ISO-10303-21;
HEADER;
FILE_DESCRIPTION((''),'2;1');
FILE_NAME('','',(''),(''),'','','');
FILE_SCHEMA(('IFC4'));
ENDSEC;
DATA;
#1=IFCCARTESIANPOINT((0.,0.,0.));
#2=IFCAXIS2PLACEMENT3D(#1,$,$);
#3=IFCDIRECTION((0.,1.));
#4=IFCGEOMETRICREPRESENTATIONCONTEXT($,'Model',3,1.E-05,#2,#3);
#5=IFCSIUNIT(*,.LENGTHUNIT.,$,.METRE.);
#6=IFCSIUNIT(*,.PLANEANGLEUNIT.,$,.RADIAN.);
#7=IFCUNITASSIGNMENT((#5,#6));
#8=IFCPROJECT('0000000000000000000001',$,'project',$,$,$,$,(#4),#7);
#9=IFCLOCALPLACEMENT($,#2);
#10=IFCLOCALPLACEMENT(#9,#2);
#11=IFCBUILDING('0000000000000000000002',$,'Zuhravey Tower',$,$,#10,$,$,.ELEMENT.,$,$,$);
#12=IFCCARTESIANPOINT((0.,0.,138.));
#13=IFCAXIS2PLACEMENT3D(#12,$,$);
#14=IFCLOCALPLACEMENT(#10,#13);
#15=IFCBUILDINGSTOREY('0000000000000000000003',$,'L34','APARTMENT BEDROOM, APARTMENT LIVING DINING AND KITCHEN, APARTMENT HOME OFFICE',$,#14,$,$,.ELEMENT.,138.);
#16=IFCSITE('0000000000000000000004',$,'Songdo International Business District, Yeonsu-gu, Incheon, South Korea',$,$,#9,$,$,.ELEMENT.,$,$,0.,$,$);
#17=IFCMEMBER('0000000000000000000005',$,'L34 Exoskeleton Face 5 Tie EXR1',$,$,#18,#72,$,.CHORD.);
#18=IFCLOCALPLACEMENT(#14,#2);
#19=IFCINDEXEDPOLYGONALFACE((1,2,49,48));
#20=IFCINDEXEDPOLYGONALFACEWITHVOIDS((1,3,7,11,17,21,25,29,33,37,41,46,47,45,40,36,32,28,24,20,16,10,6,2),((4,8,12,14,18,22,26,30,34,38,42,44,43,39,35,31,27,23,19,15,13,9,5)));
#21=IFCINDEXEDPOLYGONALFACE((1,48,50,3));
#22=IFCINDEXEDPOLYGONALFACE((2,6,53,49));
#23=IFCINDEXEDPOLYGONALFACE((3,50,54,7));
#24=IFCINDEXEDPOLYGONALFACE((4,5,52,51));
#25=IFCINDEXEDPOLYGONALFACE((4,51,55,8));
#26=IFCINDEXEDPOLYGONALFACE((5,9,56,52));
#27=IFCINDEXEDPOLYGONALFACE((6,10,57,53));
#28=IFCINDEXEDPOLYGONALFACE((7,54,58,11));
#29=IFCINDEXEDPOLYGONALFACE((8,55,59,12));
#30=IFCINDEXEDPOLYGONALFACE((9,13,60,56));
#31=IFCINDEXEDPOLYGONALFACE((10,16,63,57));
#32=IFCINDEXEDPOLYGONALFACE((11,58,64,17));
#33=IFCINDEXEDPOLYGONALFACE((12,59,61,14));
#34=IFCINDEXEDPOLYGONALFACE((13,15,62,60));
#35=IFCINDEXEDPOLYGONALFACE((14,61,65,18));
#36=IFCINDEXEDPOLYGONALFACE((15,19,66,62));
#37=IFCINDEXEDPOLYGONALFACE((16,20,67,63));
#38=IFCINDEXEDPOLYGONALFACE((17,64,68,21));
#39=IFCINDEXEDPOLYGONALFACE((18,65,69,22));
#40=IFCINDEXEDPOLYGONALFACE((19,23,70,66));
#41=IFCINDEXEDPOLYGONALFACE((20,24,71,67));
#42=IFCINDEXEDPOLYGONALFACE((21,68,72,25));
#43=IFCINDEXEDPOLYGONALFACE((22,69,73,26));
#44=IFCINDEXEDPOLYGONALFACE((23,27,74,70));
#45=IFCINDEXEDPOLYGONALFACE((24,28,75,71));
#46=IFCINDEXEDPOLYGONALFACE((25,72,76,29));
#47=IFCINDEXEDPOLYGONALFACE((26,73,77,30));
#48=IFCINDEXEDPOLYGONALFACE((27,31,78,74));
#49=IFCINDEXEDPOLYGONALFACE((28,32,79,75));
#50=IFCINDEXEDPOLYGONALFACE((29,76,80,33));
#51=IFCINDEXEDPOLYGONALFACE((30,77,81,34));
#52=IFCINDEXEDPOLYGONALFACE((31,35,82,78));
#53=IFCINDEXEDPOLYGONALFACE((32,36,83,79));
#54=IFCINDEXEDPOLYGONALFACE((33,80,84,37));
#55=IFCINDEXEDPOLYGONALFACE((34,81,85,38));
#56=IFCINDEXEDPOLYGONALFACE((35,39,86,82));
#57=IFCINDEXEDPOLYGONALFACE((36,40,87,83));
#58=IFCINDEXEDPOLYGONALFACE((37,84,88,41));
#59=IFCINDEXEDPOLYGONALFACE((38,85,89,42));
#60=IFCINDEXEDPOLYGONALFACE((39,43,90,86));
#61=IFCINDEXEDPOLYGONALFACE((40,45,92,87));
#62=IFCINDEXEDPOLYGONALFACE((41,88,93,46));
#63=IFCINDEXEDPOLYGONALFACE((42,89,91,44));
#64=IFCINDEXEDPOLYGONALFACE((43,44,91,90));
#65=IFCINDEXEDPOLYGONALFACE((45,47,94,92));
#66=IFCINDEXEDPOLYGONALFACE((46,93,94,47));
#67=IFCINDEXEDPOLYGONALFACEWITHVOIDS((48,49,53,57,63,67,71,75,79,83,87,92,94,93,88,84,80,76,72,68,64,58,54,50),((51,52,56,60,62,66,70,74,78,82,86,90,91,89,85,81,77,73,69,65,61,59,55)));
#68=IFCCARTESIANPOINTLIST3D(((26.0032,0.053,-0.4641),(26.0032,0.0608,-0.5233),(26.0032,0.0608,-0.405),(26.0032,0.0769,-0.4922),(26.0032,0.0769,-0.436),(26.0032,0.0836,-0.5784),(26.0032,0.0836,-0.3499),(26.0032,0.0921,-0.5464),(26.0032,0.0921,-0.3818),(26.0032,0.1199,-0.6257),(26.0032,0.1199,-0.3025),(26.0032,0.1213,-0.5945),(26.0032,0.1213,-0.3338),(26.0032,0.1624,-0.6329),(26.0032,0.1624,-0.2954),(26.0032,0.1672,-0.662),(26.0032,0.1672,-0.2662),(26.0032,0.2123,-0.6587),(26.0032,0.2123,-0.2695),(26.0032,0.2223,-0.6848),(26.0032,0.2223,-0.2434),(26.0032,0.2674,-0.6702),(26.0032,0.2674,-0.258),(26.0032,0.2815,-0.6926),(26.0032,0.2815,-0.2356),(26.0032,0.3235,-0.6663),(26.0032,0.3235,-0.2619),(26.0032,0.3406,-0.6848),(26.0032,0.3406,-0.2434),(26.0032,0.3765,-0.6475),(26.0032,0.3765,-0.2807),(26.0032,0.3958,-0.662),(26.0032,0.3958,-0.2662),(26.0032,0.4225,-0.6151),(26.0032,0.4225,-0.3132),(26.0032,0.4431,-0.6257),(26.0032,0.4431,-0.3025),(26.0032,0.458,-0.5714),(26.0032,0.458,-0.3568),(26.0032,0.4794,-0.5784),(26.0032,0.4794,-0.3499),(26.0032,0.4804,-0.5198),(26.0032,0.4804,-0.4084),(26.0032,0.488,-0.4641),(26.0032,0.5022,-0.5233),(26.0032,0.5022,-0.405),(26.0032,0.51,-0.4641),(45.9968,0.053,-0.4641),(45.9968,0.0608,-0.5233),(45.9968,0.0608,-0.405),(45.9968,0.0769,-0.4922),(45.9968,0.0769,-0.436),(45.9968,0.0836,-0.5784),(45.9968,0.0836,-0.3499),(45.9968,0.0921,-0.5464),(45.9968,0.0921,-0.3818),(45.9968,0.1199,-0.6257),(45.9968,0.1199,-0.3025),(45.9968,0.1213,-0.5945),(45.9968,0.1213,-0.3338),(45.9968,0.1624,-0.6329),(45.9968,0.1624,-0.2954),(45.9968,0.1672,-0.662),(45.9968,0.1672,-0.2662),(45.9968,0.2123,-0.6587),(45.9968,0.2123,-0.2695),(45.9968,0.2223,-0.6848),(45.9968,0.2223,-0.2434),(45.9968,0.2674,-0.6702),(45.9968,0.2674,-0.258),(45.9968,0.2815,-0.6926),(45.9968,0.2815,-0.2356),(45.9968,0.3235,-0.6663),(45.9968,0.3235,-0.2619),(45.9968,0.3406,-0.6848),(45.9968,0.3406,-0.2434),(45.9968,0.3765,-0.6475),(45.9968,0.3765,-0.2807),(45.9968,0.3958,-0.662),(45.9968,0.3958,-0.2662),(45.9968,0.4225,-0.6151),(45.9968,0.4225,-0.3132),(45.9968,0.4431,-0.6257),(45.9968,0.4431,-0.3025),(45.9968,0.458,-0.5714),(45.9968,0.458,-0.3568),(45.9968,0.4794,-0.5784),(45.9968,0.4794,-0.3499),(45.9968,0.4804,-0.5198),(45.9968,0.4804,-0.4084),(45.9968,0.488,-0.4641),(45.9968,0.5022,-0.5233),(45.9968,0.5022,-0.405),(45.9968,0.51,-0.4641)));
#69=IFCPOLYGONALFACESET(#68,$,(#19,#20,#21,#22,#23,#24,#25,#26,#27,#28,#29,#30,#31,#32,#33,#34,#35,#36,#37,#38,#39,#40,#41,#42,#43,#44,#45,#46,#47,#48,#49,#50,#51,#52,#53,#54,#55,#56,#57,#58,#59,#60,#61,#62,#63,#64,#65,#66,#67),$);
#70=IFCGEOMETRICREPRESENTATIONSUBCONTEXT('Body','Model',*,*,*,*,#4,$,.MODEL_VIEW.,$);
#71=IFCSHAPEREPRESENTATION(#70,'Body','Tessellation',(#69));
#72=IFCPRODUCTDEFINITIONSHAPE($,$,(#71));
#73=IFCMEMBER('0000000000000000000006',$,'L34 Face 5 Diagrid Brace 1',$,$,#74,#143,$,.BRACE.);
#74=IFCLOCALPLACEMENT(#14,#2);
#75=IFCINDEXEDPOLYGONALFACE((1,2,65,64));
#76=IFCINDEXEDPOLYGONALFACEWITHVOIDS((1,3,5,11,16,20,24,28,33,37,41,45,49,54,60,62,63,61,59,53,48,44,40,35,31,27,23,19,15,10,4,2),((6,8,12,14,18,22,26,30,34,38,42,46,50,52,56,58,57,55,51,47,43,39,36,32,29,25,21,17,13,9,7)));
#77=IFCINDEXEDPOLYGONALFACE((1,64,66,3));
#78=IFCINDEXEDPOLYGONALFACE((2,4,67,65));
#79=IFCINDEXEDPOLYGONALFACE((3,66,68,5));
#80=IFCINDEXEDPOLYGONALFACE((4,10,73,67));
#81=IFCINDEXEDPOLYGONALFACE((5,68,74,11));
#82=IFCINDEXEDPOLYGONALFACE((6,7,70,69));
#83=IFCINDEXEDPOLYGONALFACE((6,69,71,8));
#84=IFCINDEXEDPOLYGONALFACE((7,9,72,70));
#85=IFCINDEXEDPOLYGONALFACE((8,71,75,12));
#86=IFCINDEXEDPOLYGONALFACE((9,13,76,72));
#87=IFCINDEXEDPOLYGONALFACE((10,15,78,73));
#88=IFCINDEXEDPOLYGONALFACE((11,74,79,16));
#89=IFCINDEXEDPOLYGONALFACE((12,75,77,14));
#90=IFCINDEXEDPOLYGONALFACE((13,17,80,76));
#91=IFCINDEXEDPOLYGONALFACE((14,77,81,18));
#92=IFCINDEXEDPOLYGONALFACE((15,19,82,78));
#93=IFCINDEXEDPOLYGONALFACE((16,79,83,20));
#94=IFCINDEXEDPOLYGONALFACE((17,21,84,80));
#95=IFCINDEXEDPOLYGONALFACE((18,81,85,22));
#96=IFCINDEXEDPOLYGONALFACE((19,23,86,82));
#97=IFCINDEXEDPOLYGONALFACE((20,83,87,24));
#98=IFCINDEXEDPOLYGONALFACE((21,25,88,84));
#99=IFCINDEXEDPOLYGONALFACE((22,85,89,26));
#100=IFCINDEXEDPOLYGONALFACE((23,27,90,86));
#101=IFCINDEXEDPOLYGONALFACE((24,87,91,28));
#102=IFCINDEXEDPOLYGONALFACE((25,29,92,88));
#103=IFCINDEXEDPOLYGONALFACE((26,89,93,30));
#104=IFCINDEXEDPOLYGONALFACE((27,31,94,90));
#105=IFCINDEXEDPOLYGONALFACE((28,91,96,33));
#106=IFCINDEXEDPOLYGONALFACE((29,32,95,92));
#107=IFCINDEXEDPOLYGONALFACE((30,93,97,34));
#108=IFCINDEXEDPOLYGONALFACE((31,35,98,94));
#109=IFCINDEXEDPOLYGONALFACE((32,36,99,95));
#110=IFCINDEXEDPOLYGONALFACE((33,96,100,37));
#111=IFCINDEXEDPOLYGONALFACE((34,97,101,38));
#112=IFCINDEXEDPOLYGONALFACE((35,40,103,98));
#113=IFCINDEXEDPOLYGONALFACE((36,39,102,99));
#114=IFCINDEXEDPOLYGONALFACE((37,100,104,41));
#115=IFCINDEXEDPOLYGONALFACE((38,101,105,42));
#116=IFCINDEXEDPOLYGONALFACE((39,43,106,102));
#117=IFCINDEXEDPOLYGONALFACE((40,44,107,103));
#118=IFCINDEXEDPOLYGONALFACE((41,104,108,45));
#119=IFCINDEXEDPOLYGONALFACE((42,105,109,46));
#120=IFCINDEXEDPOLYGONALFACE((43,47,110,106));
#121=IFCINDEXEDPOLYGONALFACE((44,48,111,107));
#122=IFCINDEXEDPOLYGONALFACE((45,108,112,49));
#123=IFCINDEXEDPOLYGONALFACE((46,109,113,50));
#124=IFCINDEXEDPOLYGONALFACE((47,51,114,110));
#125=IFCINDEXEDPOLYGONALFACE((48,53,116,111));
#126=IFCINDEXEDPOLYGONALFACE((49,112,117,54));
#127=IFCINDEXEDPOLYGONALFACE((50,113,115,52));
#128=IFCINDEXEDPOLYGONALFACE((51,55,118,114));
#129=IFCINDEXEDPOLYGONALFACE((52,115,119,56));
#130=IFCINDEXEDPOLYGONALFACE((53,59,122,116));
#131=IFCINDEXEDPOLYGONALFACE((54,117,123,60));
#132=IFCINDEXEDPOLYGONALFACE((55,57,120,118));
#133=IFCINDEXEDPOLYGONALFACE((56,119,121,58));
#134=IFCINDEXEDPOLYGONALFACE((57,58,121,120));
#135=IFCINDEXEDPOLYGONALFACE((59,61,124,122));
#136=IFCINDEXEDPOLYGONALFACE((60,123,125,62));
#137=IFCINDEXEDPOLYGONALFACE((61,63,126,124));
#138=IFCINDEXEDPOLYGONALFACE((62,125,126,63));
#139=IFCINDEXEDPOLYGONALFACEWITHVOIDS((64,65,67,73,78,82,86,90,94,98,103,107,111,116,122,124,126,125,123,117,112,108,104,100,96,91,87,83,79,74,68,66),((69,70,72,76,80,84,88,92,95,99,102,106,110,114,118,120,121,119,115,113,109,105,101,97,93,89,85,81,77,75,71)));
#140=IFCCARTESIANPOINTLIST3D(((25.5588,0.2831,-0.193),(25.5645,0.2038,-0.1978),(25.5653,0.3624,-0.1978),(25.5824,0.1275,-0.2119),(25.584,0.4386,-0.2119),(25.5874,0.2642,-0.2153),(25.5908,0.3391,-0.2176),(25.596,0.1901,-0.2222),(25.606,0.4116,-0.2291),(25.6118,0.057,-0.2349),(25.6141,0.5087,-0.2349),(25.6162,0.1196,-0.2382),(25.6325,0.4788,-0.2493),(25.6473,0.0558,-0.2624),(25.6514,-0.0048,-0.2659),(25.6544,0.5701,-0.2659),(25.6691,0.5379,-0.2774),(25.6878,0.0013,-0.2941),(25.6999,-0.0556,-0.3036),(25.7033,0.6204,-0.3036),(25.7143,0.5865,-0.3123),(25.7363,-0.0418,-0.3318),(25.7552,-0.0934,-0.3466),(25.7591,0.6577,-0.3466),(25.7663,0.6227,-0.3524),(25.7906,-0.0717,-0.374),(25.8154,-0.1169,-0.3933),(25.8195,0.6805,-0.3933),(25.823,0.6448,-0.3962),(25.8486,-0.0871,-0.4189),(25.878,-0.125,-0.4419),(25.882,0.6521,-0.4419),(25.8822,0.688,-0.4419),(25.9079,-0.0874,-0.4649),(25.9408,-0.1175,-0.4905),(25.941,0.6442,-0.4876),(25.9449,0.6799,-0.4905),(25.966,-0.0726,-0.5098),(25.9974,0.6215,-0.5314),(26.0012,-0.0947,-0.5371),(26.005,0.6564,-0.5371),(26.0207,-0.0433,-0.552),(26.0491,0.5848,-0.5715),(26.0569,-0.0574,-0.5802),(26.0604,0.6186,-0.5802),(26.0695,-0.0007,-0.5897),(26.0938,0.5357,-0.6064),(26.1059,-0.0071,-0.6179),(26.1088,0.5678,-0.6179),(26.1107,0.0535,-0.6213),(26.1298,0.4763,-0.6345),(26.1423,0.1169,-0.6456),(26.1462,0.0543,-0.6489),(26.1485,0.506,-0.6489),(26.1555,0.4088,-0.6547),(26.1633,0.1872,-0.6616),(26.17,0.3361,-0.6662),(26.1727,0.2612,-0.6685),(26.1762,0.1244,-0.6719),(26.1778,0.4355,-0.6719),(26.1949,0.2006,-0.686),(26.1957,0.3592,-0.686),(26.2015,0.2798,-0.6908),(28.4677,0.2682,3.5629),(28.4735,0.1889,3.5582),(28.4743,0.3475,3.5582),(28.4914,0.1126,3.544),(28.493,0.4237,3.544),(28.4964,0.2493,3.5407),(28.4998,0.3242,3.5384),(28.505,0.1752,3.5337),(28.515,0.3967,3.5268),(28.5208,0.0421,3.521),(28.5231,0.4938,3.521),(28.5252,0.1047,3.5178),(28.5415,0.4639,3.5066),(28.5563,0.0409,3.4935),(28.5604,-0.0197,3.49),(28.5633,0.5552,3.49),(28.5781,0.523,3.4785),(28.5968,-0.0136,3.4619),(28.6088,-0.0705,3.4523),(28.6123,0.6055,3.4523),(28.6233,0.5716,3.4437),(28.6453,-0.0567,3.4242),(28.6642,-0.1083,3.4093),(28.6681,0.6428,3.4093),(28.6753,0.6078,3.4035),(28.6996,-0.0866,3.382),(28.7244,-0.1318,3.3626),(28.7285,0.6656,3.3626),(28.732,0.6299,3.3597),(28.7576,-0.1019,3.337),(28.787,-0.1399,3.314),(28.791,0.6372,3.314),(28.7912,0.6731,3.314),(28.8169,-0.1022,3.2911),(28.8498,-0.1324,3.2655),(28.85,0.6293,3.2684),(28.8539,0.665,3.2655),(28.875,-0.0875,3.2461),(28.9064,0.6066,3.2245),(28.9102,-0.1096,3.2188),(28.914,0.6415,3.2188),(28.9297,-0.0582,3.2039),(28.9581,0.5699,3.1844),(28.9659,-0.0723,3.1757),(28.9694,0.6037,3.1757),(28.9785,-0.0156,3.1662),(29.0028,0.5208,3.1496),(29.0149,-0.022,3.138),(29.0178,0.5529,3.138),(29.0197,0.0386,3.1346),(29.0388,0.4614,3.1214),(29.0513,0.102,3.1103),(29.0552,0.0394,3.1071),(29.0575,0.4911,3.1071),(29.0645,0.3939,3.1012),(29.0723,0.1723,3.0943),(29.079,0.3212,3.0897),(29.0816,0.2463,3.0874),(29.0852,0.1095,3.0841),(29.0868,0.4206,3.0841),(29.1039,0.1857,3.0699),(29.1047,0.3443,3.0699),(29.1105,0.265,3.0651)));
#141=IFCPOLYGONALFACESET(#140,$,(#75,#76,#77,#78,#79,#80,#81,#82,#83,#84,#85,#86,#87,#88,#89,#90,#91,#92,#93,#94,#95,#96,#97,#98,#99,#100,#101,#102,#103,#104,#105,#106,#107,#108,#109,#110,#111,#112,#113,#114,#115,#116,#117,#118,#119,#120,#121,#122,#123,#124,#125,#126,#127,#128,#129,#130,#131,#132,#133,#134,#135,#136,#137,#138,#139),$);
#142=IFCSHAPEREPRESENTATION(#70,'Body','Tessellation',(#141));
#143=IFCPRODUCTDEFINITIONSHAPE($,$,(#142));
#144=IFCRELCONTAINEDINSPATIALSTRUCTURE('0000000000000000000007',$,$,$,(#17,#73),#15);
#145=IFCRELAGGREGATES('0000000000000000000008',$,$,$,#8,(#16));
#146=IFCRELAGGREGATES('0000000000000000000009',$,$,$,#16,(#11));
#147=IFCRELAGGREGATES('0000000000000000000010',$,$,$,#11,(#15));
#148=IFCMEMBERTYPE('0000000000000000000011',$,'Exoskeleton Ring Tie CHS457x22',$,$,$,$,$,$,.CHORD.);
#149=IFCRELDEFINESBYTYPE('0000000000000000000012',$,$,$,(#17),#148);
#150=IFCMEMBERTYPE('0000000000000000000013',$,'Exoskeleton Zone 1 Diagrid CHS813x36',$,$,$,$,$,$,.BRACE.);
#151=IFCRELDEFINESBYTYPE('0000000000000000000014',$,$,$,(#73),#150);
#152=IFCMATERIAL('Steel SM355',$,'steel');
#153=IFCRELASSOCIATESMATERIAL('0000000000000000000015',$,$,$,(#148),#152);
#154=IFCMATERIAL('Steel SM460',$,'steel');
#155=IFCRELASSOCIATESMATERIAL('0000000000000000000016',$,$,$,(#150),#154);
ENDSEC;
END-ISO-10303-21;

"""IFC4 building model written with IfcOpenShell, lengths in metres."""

from ifc_helpers import new_model, si_unit, direction, frame, origin, origin_2d, place, context, subcontext, project, spatial, hollow_circle, extrude, material, material_profile, profile_set, type_object, element, save


model = new_model("IFC4")

# Units and contexts
model_context = context("Model", 3, precision=1e-05, world=origin(), true_north=direction((0.0, 1.0)))
body_context = subcontext(model_context, "Body", "Model", "MODEL_VIEW")
ifc_project = project(units=[si_unit("LENGTHUNIT", "METRE"), si_unit("PLANEANGLEUNIT", "RADIAN")], contexts=[model_context])

# Site, building, storey
site_placement = place(None, origin())
site = spatial("IfcSite", under=ifc_project, at=site_placement, Name="Songdo International Business District, Yeonsu-gu, Incheon, South Korea", CompositionType="ELEMENT", RefElevation=0.0)
building_placement = place(site_placement, origin())
building = spatial("IfcBuilding", under=site, at=building_placement, Name="Zuhravey Tower", CompositionType="ELEMENT")
storey_placement = place(building_placement, frame((0.0, 0.0, 138.0)))
storey = spatial("IfcBuildingStorey", under=building, at=storey_placement, Name="L34", Description="APARTMENT BEDROOM, APARTMENT LIVING DINING AND KITCHEN, APARTMENT HOME OFFICE", CompositionType="ELEMENT", Elevation=138.0)

# Shared definitions
ifc_material_1 = material(Name="Steel SM460", Category="steel")

# Members
ifc_material_2 = material(Name="Steel SM355", Category="steel")
ifc_material_profile_1 = material_profile(ifc_material_2, hollow_circle(Radius=0.2285, WallThickness=0.022, at=origin_2d()), Name="CHS-457.2x22")
ifc_profile_set_1 = profile_set([ifc_material_profile_1], Name="Steel SM355")
member_type_1 = type_object("IfcMemberType", Name="Exoskeleton Ring Tie CHS457x22", PredefinedType="CHORD", material=ifc_profile_set_1)
member_1_placement = place(storey_placement, frame((26.0032, 0.2815, -0.4641), z_axis=(1.0, 0.0, 0.0), x_axis=(0.0, 1.0, 0.0)))
element("IfcMember", 1, at=member_1_placement, inside=storey, type_object=member_type_1, Name="L34 Exoskeleton Face 5 Tie EXR1", PredefinedType="CHORD", context=body_context, shape_type="SweptSolid", body=[
    extrude(hollow_circle(Radius=0.2285, WallThickness=0.022, at=origin_2d()), origin(), (0.0, 0.0, 1.0), 19.9937),
])
ifc_material_profile_2 = material_profile(ifc_material_1, hollow_circle(Radius=0.4065, WallThickness=0.0359, at=origin_2d()), Name="CHS-812.8x36")
ifc_profile_set_2 = profile_set([ifc_material_profile_2], Name="Steel SM460")
member_type_2 = type_object("IfcMemberType", Name="Exoskeleton Zone 1 Diagrid CHS813x36", PredefinedType="BRACE", material=ifc_profile_set_2)
member_2_placement = place(storey_placement, frame((25.8801, 0.2815, -0.4419), z_axis=(0.612325, -0.003135, 0.7906), x_axis=(0.00512, 0.999987, 0.0)))
element("IfcMember", 2, at=member_2_placement, inside=storey, type_object=member_type_2, Name="L34 Face 5 Diagrid Brace 1", PredefinedType="BRACE", context=body_context, shape_type="SweptSolid", body=[
    extrude(hollow_circle(Radius=0.4065, WallThickness=0.0359, at=origin_2d()), origin(), (0.0, 0.0, 1.0), 4.7507),
])

save(model, "model.ifc")
